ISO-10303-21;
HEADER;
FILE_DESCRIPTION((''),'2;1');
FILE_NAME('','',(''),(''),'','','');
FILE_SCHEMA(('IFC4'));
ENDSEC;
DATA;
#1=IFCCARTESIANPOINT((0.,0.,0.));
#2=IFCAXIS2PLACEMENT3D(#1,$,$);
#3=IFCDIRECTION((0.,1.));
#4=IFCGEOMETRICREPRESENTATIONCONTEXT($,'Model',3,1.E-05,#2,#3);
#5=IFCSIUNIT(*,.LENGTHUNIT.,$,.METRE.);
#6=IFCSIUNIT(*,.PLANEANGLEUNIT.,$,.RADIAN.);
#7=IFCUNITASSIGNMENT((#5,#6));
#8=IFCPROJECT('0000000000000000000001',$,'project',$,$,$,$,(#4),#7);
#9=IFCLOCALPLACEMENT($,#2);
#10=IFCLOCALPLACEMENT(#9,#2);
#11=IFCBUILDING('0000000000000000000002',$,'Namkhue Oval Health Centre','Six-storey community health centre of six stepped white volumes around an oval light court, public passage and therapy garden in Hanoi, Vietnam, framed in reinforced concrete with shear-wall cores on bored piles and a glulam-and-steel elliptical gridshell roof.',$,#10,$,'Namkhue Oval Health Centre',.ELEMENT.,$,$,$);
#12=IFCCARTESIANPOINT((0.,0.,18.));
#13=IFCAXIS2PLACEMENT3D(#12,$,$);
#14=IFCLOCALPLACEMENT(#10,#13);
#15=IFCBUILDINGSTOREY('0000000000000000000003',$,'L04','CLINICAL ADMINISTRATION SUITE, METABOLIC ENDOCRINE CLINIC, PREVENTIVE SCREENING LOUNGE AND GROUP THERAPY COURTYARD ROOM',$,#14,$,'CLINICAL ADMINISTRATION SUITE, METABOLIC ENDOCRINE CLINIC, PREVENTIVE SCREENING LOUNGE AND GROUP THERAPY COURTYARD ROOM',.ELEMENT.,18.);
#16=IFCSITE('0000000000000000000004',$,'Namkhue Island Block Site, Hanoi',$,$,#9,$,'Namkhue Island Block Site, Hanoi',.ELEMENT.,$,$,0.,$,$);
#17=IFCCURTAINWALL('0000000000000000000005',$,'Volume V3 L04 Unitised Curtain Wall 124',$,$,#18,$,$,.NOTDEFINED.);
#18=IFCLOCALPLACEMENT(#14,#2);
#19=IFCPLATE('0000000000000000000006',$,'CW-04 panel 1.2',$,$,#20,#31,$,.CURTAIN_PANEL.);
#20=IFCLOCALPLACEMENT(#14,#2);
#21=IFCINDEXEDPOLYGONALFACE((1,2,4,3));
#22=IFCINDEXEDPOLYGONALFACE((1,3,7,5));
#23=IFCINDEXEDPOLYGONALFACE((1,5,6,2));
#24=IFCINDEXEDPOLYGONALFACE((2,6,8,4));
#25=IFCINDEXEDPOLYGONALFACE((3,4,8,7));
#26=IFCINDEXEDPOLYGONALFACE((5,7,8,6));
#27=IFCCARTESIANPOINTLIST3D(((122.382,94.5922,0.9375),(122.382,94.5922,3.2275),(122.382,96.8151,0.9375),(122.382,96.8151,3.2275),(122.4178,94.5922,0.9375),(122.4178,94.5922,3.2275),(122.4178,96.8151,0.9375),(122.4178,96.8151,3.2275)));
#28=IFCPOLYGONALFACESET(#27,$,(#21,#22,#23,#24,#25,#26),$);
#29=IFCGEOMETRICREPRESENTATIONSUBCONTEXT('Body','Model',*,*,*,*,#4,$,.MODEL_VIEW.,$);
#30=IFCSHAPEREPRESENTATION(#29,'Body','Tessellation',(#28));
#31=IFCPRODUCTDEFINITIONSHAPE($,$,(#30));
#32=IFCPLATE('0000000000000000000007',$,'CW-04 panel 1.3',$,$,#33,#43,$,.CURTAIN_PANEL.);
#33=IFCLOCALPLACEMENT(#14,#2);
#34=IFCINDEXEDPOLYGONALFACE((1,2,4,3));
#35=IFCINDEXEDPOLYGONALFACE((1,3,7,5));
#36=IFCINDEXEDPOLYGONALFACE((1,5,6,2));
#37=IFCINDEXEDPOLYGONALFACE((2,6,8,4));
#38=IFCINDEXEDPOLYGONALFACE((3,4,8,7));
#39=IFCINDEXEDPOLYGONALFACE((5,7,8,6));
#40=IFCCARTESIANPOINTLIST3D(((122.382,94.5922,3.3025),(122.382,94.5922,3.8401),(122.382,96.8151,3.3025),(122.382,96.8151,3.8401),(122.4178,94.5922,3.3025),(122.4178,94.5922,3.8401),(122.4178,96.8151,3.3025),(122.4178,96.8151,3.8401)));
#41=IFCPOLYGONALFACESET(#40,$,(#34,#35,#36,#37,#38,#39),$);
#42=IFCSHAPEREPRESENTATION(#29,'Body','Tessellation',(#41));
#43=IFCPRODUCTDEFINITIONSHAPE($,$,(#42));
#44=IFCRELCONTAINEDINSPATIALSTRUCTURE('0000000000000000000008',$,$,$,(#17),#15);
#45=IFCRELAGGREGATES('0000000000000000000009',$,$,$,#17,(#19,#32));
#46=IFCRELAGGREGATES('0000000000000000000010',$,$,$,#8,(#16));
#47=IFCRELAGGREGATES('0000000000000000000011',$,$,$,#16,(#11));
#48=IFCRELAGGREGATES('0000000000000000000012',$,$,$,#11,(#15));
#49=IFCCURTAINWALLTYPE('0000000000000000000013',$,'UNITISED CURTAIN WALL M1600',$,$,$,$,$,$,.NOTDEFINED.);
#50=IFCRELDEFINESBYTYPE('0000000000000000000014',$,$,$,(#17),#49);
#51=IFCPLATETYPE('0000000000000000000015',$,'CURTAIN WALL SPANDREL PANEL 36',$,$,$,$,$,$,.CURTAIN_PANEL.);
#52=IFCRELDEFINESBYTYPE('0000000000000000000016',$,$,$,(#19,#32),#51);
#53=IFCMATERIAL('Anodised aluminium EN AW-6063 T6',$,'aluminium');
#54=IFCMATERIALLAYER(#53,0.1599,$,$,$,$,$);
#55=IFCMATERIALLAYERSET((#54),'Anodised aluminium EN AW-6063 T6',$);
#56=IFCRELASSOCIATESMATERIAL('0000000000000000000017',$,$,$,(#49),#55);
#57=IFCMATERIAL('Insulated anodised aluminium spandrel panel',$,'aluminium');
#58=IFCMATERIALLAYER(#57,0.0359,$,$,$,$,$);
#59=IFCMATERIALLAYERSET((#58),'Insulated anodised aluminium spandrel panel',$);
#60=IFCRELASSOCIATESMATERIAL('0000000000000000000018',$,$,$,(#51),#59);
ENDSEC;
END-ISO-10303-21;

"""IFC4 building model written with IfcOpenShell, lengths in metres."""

from ifc_helpers import new_model, si_unit, direction, frame, origin, origin_2d, place, context, subcontext, project, spatial, rectangle, extrude, material, layer, layer_set, type_object, element, aggregate, save


model = new_model("IFC4")

# Units and contexts
model_context = context("Model", 3, precision=1e-05, world=origin(), true_north=direction((0.0, 1.0)))
body_context = subcontext(model_context, "Body", "Model", "MODEL_VIEW")
ifc_project = project(units=[si_unit("LENGTHUNIT", "METRE"), si_unit("PLANEANGLEUNIT", "RADIAN")], contexts=[model_context])

# Site, building, storey
site_placement = place(None, origin())
site = spatial("IfcSite", under=ifc_project, at=site_placement, Name="Namkhue Island Block Site, Hanoi", LongName="Namkhue Island Block Site, Hanoi", CompositionType="ELEMENT", RefElevation=0.0)
building_placement = place(site_placement, origin())
building = spatial("IfcBuilding", under=site, at=building_placement, Name="Namkhue Oval Health Centre", Description="Six-storey community health centre of six stepped white volumes around an oval light court, public passage and therapy garden in Hanoi, Vietnam, framed in reinforced concrete with shear-wall cores on bored piles and a glulam-and-steel elliptical gridshell roof.", LongName="Namkhue Oval Health Centre", CompositionType="ELEMENT")
storey_placement = place(building_placement, frame((0.0, 0.0, 18.0)))
storey = spatial("IfcBuildingStorey", under=building, at=storey_placement, Name="L04", Description="CLINICAL ADMINISTRATION SUITE, METABOLIC ENDOCRINE CLINIC, PREVENTIVE SCREENING LOUNGE AND GROUP THERAPY COURTYARD ROOM", LongName="CLINICAL ADMINISTRATION SUITE, METABOLIC ENDOCRINE CLINIC, PREVENTIVE SCREENING LOUNGE AND GROUP THERAPY COURTYARD ROOM", CompositionType="ELEMENT", Elevation=18.0)

# Shared definitions
ifc_material_1 = material(Name="Anodised aluminium EN AW-6063 T6", Category="aluminium")

# Curtain wall
ifc_layer_1 = layer(ifc_material_1, 0.1599)
ifc_layer_set_1 = layer_set([ifc_layer_1], Name="Anodised aluminium EN AW-6063 T6")
curtain_wall_type_1 = type_object("IfcCurtainWallType", Name="UNITISED CURTAIN WALL M1600", PredefinedType="NOTDEFINED", material=ifc_layer_set_1)
curtain_wall_1_placement = place(storey_placement, origin())
curtain_wall_1 = element("IfcCurtainWall", 1, at=curtain_wall_1_placement, inside=storey, type_object=curtain_wall_type_1, Name="Volume V3 L04 Unitised Curtain Wall 124", PredefinedType="NOTDEFINED")

# Plates
ifc_material_2 = material(Name="Insulated anodised aluminium spandrel panel", Category="aluminium")
ifc_layer_2 = layer(ifc_material_2, 0.0359)
ifc_layer_set_2 = layer_set([ifc_layer_2], Name="Insulated anodised aluminium spandrel panel")
plate_type_1 = type_object("IfcPlateType", Name="CURTAIN WALL SPANDREL PANEL 36", PredefinedType="CURTAIN_PANEL", material=ifc_layer_set_2)
plate_1_placement = place(storey_placement, frame((122.3999, 95.7036, 0.9375), z_axis=(0.0, 0.0, 1.0), x_axis=(0.0, 1.0, 0.0)))
plate_1 = element("IfcPlate", 2, at=plate_1_placement, type_object=plate_type_1, Name="CW-04 panel 1.2", PredefinedType="CURTAIN_PANEL", context=body_context, shape_type="SweptSolid", body=[
    extrude(rectangle(XDim=2.2229, YDim=0.0359, at=origin_2d()), origin(), (0.0, 0.0, 1.0), 2.29),
])
plate_2_placement = place(storey_placement, frame((122.3999, 95.7036, 3.3025), z_axis=(0.0, 0.0, 1.0), x_axis=(0.0, 1.0, 0.0)))
plate_2 = element("IfcPlate", 3, at=plate_2_placement, type_object=plate_type_1, Name="CW-04 panel 1.3", PredefinedType="CURTAIN_PANEL", context=body_context, shape_type="SweptSolid", body=[
    extrude(rectangle(XDim=2.2229, YDim=0.0359, at=origin_2d()), origin(), (0.0, 0.0, 1.0), 0.5376),
])
aggregate(curtain_wall_1, [plate_1, plate_2])

save(model, "model.ifc")
